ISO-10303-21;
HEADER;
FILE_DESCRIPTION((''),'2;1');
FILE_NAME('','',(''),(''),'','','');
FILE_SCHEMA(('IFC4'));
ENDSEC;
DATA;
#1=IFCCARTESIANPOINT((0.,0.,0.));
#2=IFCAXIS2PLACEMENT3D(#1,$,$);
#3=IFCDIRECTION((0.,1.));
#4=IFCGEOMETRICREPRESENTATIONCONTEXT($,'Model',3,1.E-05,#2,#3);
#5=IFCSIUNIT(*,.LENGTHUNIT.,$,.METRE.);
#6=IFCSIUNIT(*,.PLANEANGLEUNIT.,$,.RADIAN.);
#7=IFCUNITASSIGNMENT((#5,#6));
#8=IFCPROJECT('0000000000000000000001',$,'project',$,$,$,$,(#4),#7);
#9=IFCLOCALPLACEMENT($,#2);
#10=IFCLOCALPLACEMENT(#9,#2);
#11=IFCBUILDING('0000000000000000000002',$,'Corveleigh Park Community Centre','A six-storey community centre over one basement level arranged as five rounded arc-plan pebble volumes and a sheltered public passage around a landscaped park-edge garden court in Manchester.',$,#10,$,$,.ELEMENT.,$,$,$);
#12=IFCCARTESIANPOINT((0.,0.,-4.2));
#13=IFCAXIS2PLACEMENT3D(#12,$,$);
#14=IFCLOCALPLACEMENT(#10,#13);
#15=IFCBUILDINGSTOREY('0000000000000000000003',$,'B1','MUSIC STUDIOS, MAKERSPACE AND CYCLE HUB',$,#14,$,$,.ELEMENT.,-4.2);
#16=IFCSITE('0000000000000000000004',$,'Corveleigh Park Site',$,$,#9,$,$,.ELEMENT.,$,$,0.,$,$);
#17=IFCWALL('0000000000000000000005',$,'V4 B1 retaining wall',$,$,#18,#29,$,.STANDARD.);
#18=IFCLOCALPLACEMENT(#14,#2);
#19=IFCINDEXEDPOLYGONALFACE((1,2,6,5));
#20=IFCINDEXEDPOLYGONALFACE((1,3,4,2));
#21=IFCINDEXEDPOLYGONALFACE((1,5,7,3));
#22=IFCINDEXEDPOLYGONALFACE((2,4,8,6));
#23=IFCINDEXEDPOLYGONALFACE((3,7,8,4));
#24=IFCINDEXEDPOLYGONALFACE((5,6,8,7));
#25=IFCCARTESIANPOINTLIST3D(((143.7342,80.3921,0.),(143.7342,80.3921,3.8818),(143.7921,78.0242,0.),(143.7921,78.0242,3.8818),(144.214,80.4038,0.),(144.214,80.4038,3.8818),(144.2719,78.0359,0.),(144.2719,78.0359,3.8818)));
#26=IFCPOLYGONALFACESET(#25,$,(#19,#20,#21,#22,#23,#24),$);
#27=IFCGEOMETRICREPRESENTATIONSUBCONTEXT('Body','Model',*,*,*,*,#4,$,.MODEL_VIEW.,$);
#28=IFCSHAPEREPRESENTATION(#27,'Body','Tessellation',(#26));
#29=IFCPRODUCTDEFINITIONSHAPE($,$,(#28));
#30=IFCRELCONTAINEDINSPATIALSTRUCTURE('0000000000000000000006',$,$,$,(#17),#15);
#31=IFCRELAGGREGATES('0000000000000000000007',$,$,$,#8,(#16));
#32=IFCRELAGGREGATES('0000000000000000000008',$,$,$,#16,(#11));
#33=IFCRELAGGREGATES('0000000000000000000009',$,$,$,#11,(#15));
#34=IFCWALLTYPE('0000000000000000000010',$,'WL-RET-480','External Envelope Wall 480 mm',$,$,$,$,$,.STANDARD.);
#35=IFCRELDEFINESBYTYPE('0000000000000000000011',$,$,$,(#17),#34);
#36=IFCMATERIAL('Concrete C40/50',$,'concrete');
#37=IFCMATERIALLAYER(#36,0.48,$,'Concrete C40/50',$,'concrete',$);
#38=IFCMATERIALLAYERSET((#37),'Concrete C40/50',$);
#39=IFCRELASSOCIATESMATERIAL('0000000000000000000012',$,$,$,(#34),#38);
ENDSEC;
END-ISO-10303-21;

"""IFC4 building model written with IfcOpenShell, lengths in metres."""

from ifc_helpers import new_model, si_unit, direction, frame, frame_2d, origin, place, context, subcontext, project, spatial, rectangle, extrude, material, layer, layer_set, type_object, element, save


model = new_model("IFC4")

# Units and contexts
model_context = context("Model", 3, precision=1e-05, world=origin(), true_north=direction((0.0, 1.0)))
body_context = subcontext(model_context, "Body", "Model", "MODEL_VIEW")
ifc_project = project(units=[si_unit("LENGTHUNIT", "METRE"), si_unit("PLANEANGLEUNIT", "RADIAN")], contexts=[model_context])

# Site, building, storey
site_placement = place(None, origin())
site = spatial("IfcSite", under=ifc_project, at=site_placement, Name="Corveleigh Park Site", CompositionType="ELEMENT", RefElevation=0.0)
building_placement = place(site_placement, origin())
building = spatial("IfcBuilding", under=site, at=building_placement, Name="Corveleigh Park Community Centre", Description="A six-storey community centre over one basement level arranged as five rounded arc-plan pebble volumes and a sheltered public passage around a landscaped park-edge garden court in Manchester.", CompositionType="ELEMENT")
storey_placement = place(building_placement, frame((0.0, 0.0, -4.2)))
storey = spatial("IfcBuildingStorey", under=building, at=storey_placement, Name="B1", Description="MUSIC STUDIOS, MAKERSPACE AND CYCLE HUB", CompositionType="ELEMENT", Elevation=-4.2)

# Shared definitions
ifc_material_1 = material(Name="Concrete C40/50", Category="concrete")

# Wall
ifc_layer_1 = layer(ifc_material_1, 0.48, Name="Concrete C40/50", Category="concrete")
ifc_layer_set_1 = layer_set([ifc_layer_1], Name="Concrete C40/50")
wall_type_1 = type_object("IfcWallType", Name="WL-RET-480", Description="External Envelope Wall 480 mm", PredefinedType="STANDARD", material=ifc_layer_set_1)
wall_1_placement = place(storey_placement, frame((144.032, 78.03, 0.0), z_axis=(0.0, 0.0, 1.0), x_axis=(-0.024428, 0.999702, 0.0)))
element("IfcWall", 1, at=wall_1_placement, inside=storey, type_object=wall_type_1, Name="V4 B1 retaining wall", PredefinedType="STANDARD", context=body_context, shape_type="SweptSolid", body=[
    extrude(rectangle(XDim=2.3687, YDim=0.48, at=frame_2d((1.1843, 0.0))), origin(), (0.0, 0.0, 1.0), 3.8818),
])

save(model, "model.ifc")
